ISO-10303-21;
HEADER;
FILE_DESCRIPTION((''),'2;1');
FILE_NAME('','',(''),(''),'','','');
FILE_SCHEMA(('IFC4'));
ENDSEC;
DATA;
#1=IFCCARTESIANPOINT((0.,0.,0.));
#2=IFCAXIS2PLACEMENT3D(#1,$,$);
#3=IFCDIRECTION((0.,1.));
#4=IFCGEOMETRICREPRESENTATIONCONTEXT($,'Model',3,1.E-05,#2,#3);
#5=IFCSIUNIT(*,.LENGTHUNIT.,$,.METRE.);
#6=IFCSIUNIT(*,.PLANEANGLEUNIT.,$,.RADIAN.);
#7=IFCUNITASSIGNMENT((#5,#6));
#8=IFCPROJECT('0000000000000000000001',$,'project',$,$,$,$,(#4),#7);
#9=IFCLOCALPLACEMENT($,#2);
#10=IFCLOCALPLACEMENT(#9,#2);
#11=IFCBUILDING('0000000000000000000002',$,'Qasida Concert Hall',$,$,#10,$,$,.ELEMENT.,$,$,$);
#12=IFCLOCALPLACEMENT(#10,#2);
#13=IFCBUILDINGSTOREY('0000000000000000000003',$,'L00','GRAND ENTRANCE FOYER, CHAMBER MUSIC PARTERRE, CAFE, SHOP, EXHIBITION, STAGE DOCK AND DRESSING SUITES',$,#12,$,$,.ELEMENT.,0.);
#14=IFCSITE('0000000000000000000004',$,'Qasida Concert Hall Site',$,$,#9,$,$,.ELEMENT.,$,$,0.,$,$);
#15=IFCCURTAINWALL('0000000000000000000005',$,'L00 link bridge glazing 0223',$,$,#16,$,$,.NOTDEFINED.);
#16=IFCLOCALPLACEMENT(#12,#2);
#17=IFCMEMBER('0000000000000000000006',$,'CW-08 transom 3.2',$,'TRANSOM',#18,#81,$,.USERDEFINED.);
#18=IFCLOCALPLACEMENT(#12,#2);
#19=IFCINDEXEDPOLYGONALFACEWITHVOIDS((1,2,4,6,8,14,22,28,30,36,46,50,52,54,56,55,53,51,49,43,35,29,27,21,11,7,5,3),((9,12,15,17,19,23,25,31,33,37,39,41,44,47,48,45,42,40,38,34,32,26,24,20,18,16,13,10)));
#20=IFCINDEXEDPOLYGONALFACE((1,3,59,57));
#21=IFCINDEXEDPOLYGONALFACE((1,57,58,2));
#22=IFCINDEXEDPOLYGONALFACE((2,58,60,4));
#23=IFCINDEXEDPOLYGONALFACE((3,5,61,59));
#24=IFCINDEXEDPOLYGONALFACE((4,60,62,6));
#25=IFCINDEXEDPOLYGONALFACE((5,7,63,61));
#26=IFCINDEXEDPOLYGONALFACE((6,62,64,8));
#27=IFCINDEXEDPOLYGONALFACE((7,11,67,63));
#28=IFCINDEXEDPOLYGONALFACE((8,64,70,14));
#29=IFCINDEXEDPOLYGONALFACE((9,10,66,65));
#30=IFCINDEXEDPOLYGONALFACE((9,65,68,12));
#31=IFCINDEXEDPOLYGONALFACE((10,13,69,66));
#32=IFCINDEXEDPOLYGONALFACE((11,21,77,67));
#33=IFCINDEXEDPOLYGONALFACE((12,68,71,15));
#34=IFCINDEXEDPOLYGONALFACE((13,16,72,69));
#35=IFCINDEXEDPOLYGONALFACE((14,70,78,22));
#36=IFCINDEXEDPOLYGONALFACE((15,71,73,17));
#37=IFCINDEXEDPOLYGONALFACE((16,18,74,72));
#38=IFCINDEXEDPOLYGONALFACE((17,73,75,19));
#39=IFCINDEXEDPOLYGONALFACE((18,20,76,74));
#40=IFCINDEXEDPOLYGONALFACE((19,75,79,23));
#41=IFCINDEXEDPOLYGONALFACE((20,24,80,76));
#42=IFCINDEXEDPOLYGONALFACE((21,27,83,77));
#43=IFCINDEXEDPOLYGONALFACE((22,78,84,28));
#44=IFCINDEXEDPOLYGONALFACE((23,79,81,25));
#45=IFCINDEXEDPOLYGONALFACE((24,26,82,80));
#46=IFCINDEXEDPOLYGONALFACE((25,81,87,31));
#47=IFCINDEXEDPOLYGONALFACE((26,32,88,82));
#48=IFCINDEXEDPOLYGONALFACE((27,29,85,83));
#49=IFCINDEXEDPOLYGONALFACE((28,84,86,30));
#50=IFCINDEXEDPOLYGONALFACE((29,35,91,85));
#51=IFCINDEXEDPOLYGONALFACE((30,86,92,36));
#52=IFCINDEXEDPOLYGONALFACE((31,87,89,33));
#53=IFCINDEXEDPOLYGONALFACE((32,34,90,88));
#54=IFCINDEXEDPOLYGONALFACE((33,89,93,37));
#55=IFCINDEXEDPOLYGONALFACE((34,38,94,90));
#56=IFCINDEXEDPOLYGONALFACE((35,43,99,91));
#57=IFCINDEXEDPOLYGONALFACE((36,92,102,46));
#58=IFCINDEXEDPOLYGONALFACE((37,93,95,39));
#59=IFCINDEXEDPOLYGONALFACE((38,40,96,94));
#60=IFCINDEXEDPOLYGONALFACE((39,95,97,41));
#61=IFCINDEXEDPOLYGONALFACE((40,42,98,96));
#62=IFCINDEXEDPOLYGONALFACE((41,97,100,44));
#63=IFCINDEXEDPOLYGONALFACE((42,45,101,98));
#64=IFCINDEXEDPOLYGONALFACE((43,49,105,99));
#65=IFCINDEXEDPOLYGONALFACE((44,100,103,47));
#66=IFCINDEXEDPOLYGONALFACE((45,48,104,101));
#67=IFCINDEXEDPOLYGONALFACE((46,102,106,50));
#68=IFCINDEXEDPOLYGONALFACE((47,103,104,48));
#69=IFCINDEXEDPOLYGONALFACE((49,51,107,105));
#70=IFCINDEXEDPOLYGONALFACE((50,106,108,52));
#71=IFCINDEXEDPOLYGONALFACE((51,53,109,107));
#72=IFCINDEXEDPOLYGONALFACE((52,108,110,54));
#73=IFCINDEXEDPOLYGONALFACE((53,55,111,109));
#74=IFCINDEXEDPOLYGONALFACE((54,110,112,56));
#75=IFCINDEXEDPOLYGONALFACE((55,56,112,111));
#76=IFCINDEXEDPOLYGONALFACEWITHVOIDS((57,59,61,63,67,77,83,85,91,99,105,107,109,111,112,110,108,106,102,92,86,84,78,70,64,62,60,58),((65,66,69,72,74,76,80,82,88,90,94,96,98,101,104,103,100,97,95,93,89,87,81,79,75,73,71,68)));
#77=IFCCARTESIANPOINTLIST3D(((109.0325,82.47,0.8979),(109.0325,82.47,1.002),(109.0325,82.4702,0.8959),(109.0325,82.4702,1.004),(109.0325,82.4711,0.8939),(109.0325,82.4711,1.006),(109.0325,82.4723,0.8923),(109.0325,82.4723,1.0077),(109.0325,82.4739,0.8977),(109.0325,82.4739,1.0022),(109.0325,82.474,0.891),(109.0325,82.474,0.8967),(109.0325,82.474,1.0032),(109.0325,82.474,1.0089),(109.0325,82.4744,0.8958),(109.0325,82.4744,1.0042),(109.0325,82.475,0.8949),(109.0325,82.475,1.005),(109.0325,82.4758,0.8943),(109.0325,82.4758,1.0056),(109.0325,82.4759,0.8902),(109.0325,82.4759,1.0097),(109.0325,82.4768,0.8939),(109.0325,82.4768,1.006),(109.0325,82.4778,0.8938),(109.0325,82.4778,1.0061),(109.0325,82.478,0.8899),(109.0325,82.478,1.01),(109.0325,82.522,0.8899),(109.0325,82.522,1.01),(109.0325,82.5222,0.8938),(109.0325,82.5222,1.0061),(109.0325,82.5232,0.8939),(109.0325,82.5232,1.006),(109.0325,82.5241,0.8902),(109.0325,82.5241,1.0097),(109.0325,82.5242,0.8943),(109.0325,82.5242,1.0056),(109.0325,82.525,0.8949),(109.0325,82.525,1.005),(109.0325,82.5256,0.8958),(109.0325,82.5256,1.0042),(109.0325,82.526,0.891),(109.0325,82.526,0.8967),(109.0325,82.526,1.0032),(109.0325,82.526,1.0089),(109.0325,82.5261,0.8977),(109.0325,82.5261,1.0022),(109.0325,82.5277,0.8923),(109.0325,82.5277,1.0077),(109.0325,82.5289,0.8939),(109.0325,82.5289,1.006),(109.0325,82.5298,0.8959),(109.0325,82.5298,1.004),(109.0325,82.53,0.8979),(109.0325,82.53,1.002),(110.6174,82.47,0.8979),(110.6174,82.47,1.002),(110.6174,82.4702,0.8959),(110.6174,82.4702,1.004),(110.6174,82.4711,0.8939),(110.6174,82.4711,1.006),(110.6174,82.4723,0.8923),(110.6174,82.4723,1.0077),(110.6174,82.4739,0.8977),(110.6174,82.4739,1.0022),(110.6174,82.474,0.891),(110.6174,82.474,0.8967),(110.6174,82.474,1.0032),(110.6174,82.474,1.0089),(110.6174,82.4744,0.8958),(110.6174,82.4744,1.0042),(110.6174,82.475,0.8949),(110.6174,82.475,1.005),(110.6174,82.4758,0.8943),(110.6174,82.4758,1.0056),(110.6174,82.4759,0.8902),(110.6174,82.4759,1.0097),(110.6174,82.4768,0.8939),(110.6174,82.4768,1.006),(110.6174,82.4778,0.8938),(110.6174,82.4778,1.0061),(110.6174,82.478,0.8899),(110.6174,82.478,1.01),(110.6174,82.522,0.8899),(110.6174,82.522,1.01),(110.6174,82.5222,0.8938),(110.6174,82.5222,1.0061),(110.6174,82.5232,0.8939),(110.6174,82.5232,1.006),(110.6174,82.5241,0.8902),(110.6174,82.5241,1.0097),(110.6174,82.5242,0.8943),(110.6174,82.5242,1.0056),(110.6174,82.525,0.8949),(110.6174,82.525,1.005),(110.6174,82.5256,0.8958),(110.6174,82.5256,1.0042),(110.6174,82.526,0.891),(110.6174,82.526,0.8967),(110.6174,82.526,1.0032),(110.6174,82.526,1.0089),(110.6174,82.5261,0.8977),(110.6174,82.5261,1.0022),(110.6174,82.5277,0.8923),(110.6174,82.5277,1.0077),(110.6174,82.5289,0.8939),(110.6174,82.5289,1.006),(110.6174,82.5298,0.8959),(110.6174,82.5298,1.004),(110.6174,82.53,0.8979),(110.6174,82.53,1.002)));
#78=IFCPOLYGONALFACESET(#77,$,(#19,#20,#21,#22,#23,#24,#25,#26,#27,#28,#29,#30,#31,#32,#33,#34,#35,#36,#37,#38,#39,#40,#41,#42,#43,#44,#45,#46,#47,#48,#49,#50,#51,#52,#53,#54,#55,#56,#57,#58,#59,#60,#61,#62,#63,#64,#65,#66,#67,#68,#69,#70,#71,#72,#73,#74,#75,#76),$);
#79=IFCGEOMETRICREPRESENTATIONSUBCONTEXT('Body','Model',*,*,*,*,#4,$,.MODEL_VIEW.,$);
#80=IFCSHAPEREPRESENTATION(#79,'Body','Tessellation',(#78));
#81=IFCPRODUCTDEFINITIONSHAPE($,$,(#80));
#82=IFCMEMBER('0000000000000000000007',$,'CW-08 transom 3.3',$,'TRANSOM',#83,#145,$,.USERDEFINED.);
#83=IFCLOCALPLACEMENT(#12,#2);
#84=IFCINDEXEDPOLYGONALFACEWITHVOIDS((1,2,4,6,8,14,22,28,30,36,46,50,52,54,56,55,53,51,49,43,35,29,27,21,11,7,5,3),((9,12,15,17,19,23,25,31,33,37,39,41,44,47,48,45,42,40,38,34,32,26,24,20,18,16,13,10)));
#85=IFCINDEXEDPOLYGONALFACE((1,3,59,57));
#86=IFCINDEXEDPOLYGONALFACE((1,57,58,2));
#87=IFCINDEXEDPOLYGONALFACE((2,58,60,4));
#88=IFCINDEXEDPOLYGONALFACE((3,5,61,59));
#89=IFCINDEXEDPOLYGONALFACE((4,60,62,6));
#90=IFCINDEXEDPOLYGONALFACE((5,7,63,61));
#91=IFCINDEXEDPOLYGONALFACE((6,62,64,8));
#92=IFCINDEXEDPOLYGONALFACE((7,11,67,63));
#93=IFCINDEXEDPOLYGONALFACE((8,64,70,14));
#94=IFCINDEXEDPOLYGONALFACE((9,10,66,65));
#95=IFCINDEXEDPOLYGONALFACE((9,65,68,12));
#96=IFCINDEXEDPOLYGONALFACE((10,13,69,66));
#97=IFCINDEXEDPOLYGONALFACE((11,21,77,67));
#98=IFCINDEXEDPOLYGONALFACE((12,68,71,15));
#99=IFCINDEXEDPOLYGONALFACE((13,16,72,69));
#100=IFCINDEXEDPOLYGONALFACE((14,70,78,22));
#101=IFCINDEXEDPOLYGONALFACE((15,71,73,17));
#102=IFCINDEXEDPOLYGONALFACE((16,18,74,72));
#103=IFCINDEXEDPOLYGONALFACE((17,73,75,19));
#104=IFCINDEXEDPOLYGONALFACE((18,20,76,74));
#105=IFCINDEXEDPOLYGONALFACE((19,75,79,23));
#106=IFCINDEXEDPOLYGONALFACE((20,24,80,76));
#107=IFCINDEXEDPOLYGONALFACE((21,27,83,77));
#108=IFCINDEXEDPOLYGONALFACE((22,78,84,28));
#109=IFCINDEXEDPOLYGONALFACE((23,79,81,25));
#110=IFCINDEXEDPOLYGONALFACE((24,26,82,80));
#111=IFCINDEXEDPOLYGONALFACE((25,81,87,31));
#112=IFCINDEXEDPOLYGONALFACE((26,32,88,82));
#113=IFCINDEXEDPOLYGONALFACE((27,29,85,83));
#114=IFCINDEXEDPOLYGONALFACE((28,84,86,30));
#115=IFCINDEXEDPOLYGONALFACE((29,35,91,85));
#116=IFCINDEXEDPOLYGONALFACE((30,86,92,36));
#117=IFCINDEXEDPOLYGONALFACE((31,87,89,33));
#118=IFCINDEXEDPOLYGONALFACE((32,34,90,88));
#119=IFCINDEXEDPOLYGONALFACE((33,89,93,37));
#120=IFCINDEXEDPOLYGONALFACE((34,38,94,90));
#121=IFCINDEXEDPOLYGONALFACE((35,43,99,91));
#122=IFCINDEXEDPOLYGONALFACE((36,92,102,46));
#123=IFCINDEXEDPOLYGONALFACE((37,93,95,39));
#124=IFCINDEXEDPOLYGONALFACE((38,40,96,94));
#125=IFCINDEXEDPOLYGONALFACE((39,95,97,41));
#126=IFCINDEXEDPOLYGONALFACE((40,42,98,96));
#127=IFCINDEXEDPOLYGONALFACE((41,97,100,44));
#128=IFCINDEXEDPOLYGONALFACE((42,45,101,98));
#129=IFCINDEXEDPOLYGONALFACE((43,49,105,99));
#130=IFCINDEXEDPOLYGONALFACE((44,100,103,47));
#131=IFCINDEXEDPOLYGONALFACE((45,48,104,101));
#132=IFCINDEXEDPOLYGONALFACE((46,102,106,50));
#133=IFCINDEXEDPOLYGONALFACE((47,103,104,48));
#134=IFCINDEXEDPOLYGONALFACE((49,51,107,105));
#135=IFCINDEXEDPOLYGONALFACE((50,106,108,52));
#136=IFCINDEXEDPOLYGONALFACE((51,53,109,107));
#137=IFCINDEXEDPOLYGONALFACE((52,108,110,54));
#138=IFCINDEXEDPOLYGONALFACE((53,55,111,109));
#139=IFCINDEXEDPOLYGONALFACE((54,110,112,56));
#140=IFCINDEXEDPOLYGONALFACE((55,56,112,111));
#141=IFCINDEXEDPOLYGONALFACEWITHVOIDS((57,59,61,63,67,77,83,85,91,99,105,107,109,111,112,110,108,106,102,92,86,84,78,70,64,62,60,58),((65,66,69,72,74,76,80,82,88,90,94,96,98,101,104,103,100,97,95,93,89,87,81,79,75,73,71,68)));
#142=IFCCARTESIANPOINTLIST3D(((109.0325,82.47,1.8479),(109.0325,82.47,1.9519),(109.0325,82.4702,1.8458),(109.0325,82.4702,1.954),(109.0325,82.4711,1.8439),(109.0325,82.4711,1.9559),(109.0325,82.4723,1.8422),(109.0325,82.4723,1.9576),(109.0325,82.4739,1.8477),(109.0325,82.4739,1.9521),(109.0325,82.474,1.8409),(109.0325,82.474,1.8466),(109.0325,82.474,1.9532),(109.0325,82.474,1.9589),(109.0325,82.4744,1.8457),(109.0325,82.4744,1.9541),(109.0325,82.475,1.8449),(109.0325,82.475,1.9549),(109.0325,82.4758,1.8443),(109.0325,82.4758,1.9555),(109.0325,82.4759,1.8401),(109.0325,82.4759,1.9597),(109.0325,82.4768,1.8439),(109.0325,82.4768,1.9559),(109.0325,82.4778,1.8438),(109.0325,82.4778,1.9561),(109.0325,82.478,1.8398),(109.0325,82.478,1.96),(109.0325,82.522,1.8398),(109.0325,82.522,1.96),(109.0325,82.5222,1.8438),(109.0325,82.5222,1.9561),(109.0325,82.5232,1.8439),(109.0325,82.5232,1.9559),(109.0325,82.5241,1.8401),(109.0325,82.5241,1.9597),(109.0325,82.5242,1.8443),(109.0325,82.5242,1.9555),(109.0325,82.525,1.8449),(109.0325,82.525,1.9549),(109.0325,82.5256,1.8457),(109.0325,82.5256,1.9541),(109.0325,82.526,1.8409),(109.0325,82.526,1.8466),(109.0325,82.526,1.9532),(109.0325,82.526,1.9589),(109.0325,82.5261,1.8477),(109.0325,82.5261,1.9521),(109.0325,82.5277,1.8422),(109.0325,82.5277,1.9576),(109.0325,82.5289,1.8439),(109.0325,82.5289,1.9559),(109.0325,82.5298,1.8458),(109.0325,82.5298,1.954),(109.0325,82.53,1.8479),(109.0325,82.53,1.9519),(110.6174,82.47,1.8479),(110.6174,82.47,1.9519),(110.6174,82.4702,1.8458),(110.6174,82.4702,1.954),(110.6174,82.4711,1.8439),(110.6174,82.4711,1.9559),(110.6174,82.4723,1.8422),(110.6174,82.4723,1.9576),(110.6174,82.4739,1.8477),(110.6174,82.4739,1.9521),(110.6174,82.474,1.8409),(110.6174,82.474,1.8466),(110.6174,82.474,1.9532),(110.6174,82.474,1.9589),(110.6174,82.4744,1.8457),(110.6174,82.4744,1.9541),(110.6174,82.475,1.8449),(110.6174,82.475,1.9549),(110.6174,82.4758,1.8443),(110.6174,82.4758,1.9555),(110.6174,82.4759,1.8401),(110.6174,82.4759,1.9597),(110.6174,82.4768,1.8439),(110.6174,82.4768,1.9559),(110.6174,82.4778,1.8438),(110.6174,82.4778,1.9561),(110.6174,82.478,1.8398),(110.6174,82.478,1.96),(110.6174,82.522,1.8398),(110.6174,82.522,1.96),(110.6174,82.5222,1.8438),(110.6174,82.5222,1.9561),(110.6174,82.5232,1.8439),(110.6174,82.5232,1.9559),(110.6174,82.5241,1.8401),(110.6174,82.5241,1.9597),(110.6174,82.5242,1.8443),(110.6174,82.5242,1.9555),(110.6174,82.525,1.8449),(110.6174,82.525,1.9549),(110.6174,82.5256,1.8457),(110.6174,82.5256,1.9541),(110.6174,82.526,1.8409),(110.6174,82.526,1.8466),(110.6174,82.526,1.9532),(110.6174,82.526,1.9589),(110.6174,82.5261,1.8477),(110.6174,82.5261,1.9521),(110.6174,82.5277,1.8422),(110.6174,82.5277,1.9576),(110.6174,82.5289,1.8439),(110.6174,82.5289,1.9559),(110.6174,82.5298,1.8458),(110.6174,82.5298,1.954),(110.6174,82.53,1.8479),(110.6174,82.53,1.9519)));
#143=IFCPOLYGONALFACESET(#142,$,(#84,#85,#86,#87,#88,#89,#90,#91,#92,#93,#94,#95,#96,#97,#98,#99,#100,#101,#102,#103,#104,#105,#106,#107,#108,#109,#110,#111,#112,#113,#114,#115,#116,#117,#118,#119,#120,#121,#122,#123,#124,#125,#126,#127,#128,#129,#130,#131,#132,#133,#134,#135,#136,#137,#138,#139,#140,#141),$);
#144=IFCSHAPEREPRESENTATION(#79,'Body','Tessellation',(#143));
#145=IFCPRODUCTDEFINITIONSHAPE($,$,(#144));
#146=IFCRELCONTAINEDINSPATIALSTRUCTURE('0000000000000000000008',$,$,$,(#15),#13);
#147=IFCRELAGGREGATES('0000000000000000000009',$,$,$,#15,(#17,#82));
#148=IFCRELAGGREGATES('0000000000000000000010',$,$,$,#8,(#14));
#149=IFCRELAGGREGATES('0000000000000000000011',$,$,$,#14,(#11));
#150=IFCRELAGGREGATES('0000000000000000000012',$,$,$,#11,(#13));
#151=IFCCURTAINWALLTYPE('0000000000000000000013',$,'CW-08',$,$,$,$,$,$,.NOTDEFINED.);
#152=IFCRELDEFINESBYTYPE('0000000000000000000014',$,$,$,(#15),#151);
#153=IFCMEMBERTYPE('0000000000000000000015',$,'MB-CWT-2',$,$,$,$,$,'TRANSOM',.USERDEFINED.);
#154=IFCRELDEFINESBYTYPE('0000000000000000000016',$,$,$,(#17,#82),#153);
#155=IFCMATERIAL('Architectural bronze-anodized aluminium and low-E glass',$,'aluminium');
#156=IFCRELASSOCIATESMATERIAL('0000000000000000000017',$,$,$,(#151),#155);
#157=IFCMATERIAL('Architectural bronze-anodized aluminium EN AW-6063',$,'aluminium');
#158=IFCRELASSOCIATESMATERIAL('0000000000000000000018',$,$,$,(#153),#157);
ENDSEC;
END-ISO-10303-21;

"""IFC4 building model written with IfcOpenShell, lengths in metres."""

from ifc_helpers import new_model, si_unit, direction, frame, origin, origin_2d, place, context, subcontext, project, spatial, hollow_rectangle, extrude, material, material_profile, profile_set, type_object, element, aggregate, save


model = new_model("IFC4")

# Units and contexts
model_context = context("Model", 3, precision=1e-05, world=origin(), true_north=direction((0.0, 1.0)))
body_context = subcontext(model_context, "Body", "Model", "MODEL_VIEW")
ifc_project = project(units=[si_unit("LENGTHUNIT", "METRE"), si_unit("PLANEANGLEUNIT", "RADIAN")], contexts=[model_context])

# Site, building, storey
site_placement = place(None, origin())
site = spatial("IfcSite", under=ifc_project, at=site_placement, Name="Qasida Concert Hall Site", CompositionType="ELEMENT", RefElevation=0.0)
building_placement = place(site_placement, origin())
building = spatial("IfcBuilding", under=site, at=building_placement, Name="Qasida Concert Hall", CompositionType="ELEMENT")
storey_placement = place(building_placement, origin())
storey = spatial("IfcBuildingStorey", under=building, at=storey_placement, Name="L00", Description="GRAND ENTRANCE FOYER, CHAMBER MUSIC PARTERRE, CAFE, SHOP, EXHIBITION, STAGE DOCK AND DRESSING SUITES", CompositionType="ELEMENT", Elevation=0.0)

# Curtain wall, members
ifc_material_1 = material(Name="Architectural bronze-anodized aluminium and low-E glass", Category="aluminium")
curtain_wall_type = type_object("IfcCurtainWallType", Name="CW-08", PredefinedType="NOTDEFINED", material=ifc_material_1)
curtain_wall_placement = place(storey_placement, origin())
curtain_wall = element("IfcCurtainWall", 1, at=curtain_wall_placement, inside=storey, type_object=curtain_wall_type, Name="L00 link bridge glazing 0223", PredefinedType="NOTDEFINED")
ifc_material_2 = material(Name="Architectural bronze-anodized aluminium EN AW-6063", Category="aluminium")
ifc_material_profile_1 = material_profile(ifc_material_2, hollow_rectangle(XDim=0.0601, YDim=0.1201, WallThickness=0.0039, InnerFilletRadius=0.0039, OuterFilletRadius=0.0081, at=origin_2d()), Name="CWT 120x60x4")
ifc_profile_set_1 = profile_set([ifc_material_profile_1], Name="Architectural bronze-anodized aluminium EN AW-6063")
member_type_1 = type_object("IfcMemberType", Name="MB-CWT-2", ElementType="TRANSOM", PredefinedType="USERDEFINED", material=ifc_profile_set_1)
member_1_placement = place(storey_placement, frame((109.0325, 82.5, 0.95), z_axis=(1.0, 0.0, 0.0), x_axis=(0.0, 1.0, 0.0)))
member_1 = element("IfcMember", 2, at=member_1_placement, type_object=member_type_1, Name="CW-08 transom 3.2", ObjectType="TRANSOM", PredefinedType="USERDEFINED", context=body_context, shape_type="SweptSolid", body=[
    extrude(hollow_rectangle(XDim=0.0601, YDim=0.1201, WallThickness=0.0039, InnerFilletRadius=0.0039, OuterFilletRadius=0.0081, at=origin_2d()), origin(), (0.0, 0.0, 1.0), 1.585),
])
member_2_placement = place(storey_placement, frame((109.0325, 82.5, 1.8999), z_axis=(1.0, 0.0, 0.0), x_axis=(0.0, 1.0, 0.0)))
member_2 = element("IfcMember", 3, at=member_2_placement, type_object=member_type_1, Name="CW-08 transom 3.3", ObjectType="TRANSOM", PredefinedType="USERDEFINED", context=body_context, shape_type="SweptSolid", body=[
    extrude(hollow_rectangle(XDim=0.0601, YDim=0.1201, WallThickness=0.0039, InnerFilletRadius=0.0039, OuterFilletRadius=0.0081, at=origin_2d()), origin(), (0.0, 0.0, 1.0), 1.585),
])
aggregate(curtain_wall, [member_1, member_2])

save(model, "model.ifc")
